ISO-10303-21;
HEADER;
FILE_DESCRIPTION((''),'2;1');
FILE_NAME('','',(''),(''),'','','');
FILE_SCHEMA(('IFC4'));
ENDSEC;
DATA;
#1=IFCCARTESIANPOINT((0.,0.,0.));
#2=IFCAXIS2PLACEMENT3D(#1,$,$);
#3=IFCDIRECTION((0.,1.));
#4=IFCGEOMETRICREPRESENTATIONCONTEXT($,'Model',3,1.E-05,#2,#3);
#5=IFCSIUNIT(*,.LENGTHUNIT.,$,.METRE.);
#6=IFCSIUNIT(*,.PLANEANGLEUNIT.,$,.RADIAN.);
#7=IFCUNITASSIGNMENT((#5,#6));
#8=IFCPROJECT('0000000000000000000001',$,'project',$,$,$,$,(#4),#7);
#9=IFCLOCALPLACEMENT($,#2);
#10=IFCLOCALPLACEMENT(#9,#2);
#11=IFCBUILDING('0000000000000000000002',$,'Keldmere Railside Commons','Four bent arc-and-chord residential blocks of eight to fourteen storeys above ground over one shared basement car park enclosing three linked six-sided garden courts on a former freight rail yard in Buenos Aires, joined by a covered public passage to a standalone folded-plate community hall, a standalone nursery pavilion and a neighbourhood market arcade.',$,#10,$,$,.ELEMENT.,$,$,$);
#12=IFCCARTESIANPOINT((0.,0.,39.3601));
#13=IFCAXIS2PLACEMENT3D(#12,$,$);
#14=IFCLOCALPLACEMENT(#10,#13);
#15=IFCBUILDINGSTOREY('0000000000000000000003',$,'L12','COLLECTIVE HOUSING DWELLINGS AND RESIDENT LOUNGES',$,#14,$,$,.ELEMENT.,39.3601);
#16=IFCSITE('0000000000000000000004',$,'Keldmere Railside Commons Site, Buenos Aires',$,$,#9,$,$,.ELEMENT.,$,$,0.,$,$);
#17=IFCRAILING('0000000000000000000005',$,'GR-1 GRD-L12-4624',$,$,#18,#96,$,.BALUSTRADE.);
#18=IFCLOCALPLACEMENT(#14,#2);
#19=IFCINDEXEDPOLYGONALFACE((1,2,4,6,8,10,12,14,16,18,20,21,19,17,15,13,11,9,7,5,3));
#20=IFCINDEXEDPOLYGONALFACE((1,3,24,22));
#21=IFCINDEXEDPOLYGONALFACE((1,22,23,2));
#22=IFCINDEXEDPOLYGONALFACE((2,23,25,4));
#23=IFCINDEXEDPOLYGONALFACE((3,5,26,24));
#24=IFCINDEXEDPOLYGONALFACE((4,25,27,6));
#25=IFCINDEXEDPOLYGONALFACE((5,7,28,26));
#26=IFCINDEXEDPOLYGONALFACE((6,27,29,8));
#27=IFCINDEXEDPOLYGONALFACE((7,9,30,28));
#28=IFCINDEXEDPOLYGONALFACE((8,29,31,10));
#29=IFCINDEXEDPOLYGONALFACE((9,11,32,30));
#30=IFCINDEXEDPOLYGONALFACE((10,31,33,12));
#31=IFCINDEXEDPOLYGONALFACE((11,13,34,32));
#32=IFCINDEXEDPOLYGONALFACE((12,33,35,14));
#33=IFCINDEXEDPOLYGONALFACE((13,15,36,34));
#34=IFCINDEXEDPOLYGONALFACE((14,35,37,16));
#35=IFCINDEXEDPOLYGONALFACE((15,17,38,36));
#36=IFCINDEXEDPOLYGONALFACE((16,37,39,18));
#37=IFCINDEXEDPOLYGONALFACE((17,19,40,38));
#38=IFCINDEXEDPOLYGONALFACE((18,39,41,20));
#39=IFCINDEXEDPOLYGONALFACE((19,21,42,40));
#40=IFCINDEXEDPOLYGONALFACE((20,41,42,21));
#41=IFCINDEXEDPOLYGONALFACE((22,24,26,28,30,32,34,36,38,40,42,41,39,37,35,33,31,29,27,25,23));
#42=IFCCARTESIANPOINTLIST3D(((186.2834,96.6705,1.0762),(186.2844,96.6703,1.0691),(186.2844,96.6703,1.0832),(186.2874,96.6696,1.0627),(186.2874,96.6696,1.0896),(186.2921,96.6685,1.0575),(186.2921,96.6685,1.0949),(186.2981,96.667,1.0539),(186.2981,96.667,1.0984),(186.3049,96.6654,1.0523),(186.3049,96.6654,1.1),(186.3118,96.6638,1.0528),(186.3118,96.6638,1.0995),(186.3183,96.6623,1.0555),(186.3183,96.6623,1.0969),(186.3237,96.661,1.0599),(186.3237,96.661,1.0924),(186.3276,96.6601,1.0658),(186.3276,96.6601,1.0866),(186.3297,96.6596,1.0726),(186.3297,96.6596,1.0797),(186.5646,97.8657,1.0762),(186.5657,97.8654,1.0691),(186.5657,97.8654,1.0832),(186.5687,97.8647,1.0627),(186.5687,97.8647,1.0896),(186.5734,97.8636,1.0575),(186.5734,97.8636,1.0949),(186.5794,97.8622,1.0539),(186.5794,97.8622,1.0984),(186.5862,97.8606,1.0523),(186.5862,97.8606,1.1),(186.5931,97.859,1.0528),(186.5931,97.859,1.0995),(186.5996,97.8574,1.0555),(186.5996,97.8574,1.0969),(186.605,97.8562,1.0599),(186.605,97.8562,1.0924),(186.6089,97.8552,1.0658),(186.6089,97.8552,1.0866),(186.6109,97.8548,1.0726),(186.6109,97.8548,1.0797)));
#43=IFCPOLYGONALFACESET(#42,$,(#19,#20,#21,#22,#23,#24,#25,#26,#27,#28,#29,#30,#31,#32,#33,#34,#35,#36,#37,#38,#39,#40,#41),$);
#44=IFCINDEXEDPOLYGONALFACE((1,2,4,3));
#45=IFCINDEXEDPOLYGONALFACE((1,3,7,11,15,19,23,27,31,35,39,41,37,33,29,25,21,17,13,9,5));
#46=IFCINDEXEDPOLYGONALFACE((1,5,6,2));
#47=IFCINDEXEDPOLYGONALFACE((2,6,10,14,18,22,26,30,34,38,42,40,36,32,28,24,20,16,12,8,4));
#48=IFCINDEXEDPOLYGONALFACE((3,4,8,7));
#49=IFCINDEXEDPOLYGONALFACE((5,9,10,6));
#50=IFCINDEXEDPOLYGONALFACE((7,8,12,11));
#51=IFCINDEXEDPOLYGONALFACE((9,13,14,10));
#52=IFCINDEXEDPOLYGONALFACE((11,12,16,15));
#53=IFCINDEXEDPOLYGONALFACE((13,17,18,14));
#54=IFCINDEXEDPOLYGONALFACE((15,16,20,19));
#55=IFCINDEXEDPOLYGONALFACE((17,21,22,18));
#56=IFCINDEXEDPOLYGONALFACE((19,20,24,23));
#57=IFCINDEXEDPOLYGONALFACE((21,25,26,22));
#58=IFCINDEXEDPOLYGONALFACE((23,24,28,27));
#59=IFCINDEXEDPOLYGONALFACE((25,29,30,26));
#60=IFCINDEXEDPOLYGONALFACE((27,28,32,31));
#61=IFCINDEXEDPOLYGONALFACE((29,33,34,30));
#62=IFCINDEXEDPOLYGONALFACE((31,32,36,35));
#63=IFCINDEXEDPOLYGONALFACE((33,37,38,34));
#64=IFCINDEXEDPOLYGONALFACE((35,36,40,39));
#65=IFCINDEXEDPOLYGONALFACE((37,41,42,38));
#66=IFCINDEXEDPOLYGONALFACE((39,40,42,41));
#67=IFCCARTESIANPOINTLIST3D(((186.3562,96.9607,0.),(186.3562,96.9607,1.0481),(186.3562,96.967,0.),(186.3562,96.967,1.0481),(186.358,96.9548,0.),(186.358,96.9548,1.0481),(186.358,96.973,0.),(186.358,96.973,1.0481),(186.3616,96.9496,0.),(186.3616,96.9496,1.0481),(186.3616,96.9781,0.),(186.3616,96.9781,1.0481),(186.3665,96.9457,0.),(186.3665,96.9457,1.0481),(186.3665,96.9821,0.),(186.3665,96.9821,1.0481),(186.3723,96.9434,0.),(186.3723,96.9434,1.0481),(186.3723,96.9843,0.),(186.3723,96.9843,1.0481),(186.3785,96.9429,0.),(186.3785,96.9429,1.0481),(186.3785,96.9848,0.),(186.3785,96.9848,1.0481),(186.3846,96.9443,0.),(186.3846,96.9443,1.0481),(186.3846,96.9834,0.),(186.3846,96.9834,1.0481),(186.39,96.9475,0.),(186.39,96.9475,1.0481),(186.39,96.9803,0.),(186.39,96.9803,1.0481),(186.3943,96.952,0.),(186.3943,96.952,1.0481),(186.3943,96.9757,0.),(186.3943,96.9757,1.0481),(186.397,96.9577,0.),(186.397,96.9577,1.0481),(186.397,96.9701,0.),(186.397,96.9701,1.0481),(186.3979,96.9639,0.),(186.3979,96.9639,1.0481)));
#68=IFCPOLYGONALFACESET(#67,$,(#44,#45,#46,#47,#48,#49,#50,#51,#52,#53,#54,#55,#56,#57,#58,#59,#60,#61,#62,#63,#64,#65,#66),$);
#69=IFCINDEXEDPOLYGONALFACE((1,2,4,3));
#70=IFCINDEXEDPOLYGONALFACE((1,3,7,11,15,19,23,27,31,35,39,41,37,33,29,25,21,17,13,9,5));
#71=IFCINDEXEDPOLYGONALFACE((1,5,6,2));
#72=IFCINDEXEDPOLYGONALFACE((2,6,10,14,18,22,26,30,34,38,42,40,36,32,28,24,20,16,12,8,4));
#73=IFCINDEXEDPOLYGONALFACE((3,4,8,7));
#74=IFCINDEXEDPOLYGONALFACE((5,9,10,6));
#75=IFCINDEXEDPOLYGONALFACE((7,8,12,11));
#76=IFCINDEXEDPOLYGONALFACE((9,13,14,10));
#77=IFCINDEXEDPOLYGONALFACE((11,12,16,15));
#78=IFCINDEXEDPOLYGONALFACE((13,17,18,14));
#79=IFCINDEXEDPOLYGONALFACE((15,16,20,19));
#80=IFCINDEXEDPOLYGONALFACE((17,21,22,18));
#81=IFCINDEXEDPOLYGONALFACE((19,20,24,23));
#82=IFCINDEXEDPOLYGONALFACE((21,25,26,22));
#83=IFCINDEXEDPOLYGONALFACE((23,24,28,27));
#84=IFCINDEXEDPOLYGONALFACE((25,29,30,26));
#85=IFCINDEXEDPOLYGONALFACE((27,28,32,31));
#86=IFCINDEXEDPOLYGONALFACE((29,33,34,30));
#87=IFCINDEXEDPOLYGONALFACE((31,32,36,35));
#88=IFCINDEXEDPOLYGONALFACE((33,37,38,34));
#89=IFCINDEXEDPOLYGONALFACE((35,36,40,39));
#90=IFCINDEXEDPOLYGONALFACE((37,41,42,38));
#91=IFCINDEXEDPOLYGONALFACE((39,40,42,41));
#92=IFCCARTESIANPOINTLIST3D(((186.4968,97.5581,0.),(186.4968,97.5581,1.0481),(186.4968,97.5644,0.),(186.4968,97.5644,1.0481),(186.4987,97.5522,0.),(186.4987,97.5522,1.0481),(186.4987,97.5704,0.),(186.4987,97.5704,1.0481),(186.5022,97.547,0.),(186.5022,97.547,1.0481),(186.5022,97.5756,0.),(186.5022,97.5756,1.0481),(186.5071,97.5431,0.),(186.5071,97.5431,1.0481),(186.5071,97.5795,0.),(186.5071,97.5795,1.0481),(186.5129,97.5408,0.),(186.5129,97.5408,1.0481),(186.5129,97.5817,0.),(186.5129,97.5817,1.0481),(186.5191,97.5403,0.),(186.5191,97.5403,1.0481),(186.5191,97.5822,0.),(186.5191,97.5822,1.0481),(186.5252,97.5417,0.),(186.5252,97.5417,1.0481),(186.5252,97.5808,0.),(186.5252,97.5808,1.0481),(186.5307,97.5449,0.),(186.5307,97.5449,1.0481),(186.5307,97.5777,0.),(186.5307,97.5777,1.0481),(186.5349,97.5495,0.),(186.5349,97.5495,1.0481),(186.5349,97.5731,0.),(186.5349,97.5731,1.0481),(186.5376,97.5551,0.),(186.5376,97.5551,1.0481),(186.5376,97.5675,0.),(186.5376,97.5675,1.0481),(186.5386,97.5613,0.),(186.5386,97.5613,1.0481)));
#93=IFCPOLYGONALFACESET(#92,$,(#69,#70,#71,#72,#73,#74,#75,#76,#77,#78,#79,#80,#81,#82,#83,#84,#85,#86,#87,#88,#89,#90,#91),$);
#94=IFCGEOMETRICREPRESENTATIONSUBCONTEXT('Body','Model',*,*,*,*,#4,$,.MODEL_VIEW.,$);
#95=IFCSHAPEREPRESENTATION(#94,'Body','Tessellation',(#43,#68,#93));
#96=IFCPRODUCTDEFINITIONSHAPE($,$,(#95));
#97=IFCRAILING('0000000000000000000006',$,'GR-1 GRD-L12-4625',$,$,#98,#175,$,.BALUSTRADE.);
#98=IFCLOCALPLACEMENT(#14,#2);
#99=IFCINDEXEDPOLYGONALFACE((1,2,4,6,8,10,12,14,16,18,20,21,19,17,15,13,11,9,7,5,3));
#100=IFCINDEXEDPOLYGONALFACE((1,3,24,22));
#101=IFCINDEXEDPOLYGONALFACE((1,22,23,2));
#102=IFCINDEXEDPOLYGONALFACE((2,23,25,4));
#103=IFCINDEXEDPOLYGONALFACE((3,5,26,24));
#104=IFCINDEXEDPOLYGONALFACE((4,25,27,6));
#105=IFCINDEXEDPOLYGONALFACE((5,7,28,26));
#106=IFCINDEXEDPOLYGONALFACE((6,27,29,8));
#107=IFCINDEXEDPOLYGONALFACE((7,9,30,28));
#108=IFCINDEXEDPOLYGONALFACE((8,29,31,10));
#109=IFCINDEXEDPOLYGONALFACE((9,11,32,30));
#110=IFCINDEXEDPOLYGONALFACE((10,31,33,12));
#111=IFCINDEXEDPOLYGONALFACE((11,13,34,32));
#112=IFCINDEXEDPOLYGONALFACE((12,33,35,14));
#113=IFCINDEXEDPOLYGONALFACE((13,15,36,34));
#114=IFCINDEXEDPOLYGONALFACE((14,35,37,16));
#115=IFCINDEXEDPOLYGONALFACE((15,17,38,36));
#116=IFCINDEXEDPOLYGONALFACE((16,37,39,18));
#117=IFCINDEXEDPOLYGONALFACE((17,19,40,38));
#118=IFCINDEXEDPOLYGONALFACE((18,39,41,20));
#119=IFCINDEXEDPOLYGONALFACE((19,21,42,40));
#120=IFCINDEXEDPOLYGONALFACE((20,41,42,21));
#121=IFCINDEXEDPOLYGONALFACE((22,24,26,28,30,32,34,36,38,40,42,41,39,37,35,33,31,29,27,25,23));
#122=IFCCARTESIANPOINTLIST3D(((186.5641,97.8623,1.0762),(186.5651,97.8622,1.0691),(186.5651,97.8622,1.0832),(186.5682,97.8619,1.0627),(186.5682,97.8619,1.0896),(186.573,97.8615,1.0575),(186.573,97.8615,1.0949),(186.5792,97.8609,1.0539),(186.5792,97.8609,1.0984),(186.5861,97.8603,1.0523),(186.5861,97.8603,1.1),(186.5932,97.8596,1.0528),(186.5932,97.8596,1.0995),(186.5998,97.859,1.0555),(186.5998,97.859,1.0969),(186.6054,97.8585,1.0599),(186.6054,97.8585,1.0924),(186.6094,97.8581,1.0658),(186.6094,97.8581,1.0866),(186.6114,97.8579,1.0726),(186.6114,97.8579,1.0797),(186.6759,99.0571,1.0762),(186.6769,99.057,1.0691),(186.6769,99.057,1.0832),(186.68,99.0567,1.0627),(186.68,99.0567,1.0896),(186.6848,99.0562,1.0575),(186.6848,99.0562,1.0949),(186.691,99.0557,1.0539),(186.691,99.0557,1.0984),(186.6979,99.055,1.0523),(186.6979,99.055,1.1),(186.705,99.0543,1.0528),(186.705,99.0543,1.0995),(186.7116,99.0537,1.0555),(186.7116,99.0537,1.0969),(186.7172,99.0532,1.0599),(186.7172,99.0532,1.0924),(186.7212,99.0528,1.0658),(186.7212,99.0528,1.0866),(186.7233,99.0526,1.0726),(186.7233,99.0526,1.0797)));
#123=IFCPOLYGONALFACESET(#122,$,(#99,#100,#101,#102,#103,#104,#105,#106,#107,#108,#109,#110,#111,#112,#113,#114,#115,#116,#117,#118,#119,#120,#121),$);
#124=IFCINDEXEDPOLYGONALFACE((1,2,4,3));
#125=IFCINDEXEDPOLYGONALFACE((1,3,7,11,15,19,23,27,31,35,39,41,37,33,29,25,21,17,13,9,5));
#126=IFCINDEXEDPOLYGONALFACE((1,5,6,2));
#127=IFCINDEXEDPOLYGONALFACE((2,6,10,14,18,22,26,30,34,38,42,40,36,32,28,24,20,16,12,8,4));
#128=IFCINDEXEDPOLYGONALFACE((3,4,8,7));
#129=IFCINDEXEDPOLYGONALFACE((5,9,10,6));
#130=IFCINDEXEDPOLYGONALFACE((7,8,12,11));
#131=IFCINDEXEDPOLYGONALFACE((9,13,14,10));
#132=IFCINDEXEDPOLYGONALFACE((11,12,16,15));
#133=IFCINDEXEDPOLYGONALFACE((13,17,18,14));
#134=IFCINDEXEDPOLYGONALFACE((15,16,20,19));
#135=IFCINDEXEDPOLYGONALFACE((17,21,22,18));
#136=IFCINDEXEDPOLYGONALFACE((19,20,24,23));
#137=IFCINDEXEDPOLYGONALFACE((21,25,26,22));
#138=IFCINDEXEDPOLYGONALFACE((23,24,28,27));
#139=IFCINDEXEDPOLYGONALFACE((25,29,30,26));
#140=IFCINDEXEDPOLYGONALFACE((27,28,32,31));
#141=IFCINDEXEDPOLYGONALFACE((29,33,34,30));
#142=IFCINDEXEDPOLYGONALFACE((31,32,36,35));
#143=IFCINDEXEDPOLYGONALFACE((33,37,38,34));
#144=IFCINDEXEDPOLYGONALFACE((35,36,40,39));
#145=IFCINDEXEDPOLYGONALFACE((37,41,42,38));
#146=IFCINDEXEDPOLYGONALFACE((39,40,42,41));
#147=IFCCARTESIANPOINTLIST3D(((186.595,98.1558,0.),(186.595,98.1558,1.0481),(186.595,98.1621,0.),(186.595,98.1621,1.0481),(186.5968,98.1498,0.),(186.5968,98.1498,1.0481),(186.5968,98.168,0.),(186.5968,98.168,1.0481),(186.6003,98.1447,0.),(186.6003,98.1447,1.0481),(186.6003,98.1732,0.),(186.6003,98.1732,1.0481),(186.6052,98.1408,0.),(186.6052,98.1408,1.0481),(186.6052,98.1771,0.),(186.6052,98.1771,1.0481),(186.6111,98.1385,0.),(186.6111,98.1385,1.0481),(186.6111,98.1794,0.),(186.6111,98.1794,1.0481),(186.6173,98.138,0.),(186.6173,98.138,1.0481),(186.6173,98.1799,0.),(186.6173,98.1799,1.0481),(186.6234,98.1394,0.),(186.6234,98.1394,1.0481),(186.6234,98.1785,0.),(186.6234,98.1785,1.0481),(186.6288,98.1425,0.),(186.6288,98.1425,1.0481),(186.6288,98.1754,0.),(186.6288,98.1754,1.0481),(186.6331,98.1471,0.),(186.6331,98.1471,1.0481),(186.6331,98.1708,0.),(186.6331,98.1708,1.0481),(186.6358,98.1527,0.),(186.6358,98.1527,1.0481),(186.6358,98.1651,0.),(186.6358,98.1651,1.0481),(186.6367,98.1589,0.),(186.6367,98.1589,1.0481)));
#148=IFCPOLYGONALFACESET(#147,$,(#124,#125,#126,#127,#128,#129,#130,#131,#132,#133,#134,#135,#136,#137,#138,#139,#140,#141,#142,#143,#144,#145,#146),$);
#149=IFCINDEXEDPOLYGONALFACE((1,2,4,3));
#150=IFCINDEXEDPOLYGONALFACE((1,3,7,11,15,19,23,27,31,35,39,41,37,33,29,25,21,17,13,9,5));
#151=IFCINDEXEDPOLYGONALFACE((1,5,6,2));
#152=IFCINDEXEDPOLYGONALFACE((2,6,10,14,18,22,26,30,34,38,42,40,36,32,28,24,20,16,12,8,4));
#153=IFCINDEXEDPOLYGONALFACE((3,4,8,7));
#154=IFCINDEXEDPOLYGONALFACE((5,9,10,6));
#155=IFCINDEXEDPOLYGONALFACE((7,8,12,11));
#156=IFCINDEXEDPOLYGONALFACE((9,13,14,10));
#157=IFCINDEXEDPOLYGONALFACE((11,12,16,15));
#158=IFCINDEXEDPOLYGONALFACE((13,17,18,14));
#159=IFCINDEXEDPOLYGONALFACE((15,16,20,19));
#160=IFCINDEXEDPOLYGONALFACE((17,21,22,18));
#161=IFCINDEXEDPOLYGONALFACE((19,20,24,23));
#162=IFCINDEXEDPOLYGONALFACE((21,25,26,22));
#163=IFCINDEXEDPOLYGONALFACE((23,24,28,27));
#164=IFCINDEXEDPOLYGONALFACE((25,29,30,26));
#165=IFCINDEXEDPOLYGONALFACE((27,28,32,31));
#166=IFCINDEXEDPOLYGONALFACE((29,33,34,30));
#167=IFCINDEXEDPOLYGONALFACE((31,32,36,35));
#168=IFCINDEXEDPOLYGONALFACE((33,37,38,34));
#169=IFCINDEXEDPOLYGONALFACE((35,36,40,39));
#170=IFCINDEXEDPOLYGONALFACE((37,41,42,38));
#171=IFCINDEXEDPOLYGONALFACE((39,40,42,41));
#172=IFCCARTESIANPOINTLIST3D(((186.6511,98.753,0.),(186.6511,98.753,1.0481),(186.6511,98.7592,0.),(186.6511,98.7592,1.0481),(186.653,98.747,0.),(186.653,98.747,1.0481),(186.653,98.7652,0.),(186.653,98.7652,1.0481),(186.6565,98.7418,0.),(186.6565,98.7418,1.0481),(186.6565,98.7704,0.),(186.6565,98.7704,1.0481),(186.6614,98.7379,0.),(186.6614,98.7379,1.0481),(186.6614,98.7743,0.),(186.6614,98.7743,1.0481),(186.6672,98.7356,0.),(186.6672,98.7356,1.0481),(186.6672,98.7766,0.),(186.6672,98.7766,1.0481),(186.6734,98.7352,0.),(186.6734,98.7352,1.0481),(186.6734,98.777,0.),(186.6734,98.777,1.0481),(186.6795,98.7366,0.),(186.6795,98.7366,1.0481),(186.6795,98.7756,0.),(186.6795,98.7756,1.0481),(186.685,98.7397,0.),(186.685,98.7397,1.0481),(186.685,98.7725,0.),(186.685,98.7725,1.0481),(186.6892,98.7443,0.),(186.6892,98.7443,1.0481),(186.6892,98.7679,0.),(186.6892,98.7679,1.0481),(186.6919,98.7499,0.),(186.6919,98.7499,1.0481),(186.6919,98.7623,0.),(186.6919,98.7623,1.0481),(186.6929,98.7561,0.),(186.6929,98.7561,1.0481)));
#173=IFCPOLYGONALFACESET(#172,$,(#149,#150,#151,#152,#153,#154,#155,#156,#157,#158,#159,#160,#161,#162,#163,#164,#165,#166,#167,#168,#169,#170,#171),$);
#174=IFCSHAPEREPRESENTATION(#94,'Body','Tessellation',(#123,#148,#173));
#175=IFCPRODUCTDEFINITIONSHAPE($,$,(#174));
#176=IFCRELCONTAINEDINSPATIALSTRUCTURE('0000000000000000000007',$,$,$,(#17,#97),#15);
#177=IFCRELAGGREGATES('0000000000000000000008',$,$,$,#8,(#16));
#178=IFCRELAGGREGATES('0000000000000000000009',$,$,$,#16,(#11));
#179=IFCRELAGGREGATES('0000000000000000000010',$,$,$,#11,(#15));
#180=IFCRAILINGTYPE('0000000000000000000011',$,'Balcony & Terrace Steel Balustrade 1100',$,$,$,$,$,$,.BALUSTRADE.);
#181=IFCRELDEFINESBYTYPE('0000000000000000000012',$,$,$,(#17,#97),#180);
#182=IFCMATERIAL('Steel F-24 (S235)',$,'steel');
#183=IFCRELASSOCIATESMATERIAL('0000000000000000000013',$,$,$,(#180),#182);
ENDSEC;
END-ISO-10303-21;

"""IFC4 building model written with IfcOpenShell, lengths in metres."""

from ifc_helpers import new_model, si_unit, direction, frame, origin, origin_2d, place, context, subcontext, project, spatial, circle, extrude, material, type_object, element, save


model = new_model("IFC4")

# Units and contexts
model_context = context("Model", 3, precision=1e-05, world=origin(), true_north=direction((0.0, 1.0)))
body_context = subcontext(model_context, "Body", "Model", "MODEL_VIEW")
ifc_project = project(units=[si_unit("LENGTHUNIT", "METRE"), si_unit("PLANEANGLEUNIT", "RADIAN")], contexts=[model_context])

# Site, building, storey
site_placement = place(None, origin())
site = spatial("IfcSite", under=ifc_project, at=site_placement, Name="Keldmere Railside Commons Site, Buenos Aires", CompositionType="ELEMENT", RefElevation=0.0)
building_placement = place(site_placement, origin())
building = spatial("IfcBuilding", under=site, at=building_placement, Name="Keldmere Railside Commons", Description="Four bent arc-and-chord residential blocks of eight to fourteen storeys above ground over one shared basement car park enclosing three linked six-sided garden courts on a former freight rail yard in Buenos Aires, joined by a covered public passage to a standalone folded-plate community hall, a standalone nursery pavilion and a neighbourhood market arcade.", CompositionType="ELEMENT")
storey_placement = place(building_placement, frame((0.0, 0.0, 39.3601)))
storey = spatial("IfcBuildingStorey", under=building, at=storey_placement, Name="L12", Description="COLLECTIVE HOUSING DWELLINGS AND RESIDENT LOUNGES", CompositionType="ELEMENT", Elevation=39.3601)

# Railings
ifc_material_1 = material(Name="Steel F-24 (S235)", Category="steel")
railing_type = type_object("IfcRailingType", Name="Balcony & Terrace Steel Balustrade 1100", PredefinedType="BALUSTRADE", material=ifc_material_1)
railing_1_placement = place(storey_placement, frame((186.3066, 96.665, 0.0)))
element("IfcRailing", 1, at=railing_1_placement, inside=storey, type_object=railing_type, Name="GR-1 GRD-L12-4624", PredefinedType="BALUSTRADE", context=body_context, shape_type="SweptSolid", body=[
    extrude(circle(Radius=0.0239, at=origin_2d()), frame((0.0, 0.0, 1.0762), z_axis=(0.229084, 0.973407, 0.0), x_axis=(-0.973407, 0.229084, 0.0)), (0.0, 0.0, 1.0), 1.2278),
    extrude(circle(Radius=0.021, at=origin_2d()), frame((0.0703, 0.2988, 0.0)), (0.0, 0.0, 1.0), 1.0481),
    extrude(circle(Radius=0.021, at=origin_2d()), frame((0.2109, 0.8962, 0.0)), (0.0, 0.0, 1.0), 1.0481),
])
railing_2_placement = place(storey_placement, frame((186.5879, 97.8601, 0.0)))
element("IfcRailing", 2, at=railing_2_placement, inside=storey, type_object=railing_type, Name="GR-1 GRD-L12-4625", PredefinedType="BALUSTRADE", context=body_context, shape_type="SweptSolid", body=[
    extrude(circle(Radius=0.0239, at=origin_2d()), frame((0.0, 0.0, 1.0762), z_axis=(0.093177, 0.99565, 0.0), x_axis=(-0.99565, 0.093177, 0.0)), (0.0, 0.0, 1.0), 1.2),
    extrude(circle(Radius=0.021, at=origin_2d()), frame((0.0278, 0.2988, 0.0)), (0.0, 0.0, 1.0), 1.0481),
    extrude(circle(Radius=0.021, at=origin_2d()), frame((0.084, 0.896, 0.0)), (0.0, 0.0, 1.0), 1.0481),
])

save(model, "model.ifc")
